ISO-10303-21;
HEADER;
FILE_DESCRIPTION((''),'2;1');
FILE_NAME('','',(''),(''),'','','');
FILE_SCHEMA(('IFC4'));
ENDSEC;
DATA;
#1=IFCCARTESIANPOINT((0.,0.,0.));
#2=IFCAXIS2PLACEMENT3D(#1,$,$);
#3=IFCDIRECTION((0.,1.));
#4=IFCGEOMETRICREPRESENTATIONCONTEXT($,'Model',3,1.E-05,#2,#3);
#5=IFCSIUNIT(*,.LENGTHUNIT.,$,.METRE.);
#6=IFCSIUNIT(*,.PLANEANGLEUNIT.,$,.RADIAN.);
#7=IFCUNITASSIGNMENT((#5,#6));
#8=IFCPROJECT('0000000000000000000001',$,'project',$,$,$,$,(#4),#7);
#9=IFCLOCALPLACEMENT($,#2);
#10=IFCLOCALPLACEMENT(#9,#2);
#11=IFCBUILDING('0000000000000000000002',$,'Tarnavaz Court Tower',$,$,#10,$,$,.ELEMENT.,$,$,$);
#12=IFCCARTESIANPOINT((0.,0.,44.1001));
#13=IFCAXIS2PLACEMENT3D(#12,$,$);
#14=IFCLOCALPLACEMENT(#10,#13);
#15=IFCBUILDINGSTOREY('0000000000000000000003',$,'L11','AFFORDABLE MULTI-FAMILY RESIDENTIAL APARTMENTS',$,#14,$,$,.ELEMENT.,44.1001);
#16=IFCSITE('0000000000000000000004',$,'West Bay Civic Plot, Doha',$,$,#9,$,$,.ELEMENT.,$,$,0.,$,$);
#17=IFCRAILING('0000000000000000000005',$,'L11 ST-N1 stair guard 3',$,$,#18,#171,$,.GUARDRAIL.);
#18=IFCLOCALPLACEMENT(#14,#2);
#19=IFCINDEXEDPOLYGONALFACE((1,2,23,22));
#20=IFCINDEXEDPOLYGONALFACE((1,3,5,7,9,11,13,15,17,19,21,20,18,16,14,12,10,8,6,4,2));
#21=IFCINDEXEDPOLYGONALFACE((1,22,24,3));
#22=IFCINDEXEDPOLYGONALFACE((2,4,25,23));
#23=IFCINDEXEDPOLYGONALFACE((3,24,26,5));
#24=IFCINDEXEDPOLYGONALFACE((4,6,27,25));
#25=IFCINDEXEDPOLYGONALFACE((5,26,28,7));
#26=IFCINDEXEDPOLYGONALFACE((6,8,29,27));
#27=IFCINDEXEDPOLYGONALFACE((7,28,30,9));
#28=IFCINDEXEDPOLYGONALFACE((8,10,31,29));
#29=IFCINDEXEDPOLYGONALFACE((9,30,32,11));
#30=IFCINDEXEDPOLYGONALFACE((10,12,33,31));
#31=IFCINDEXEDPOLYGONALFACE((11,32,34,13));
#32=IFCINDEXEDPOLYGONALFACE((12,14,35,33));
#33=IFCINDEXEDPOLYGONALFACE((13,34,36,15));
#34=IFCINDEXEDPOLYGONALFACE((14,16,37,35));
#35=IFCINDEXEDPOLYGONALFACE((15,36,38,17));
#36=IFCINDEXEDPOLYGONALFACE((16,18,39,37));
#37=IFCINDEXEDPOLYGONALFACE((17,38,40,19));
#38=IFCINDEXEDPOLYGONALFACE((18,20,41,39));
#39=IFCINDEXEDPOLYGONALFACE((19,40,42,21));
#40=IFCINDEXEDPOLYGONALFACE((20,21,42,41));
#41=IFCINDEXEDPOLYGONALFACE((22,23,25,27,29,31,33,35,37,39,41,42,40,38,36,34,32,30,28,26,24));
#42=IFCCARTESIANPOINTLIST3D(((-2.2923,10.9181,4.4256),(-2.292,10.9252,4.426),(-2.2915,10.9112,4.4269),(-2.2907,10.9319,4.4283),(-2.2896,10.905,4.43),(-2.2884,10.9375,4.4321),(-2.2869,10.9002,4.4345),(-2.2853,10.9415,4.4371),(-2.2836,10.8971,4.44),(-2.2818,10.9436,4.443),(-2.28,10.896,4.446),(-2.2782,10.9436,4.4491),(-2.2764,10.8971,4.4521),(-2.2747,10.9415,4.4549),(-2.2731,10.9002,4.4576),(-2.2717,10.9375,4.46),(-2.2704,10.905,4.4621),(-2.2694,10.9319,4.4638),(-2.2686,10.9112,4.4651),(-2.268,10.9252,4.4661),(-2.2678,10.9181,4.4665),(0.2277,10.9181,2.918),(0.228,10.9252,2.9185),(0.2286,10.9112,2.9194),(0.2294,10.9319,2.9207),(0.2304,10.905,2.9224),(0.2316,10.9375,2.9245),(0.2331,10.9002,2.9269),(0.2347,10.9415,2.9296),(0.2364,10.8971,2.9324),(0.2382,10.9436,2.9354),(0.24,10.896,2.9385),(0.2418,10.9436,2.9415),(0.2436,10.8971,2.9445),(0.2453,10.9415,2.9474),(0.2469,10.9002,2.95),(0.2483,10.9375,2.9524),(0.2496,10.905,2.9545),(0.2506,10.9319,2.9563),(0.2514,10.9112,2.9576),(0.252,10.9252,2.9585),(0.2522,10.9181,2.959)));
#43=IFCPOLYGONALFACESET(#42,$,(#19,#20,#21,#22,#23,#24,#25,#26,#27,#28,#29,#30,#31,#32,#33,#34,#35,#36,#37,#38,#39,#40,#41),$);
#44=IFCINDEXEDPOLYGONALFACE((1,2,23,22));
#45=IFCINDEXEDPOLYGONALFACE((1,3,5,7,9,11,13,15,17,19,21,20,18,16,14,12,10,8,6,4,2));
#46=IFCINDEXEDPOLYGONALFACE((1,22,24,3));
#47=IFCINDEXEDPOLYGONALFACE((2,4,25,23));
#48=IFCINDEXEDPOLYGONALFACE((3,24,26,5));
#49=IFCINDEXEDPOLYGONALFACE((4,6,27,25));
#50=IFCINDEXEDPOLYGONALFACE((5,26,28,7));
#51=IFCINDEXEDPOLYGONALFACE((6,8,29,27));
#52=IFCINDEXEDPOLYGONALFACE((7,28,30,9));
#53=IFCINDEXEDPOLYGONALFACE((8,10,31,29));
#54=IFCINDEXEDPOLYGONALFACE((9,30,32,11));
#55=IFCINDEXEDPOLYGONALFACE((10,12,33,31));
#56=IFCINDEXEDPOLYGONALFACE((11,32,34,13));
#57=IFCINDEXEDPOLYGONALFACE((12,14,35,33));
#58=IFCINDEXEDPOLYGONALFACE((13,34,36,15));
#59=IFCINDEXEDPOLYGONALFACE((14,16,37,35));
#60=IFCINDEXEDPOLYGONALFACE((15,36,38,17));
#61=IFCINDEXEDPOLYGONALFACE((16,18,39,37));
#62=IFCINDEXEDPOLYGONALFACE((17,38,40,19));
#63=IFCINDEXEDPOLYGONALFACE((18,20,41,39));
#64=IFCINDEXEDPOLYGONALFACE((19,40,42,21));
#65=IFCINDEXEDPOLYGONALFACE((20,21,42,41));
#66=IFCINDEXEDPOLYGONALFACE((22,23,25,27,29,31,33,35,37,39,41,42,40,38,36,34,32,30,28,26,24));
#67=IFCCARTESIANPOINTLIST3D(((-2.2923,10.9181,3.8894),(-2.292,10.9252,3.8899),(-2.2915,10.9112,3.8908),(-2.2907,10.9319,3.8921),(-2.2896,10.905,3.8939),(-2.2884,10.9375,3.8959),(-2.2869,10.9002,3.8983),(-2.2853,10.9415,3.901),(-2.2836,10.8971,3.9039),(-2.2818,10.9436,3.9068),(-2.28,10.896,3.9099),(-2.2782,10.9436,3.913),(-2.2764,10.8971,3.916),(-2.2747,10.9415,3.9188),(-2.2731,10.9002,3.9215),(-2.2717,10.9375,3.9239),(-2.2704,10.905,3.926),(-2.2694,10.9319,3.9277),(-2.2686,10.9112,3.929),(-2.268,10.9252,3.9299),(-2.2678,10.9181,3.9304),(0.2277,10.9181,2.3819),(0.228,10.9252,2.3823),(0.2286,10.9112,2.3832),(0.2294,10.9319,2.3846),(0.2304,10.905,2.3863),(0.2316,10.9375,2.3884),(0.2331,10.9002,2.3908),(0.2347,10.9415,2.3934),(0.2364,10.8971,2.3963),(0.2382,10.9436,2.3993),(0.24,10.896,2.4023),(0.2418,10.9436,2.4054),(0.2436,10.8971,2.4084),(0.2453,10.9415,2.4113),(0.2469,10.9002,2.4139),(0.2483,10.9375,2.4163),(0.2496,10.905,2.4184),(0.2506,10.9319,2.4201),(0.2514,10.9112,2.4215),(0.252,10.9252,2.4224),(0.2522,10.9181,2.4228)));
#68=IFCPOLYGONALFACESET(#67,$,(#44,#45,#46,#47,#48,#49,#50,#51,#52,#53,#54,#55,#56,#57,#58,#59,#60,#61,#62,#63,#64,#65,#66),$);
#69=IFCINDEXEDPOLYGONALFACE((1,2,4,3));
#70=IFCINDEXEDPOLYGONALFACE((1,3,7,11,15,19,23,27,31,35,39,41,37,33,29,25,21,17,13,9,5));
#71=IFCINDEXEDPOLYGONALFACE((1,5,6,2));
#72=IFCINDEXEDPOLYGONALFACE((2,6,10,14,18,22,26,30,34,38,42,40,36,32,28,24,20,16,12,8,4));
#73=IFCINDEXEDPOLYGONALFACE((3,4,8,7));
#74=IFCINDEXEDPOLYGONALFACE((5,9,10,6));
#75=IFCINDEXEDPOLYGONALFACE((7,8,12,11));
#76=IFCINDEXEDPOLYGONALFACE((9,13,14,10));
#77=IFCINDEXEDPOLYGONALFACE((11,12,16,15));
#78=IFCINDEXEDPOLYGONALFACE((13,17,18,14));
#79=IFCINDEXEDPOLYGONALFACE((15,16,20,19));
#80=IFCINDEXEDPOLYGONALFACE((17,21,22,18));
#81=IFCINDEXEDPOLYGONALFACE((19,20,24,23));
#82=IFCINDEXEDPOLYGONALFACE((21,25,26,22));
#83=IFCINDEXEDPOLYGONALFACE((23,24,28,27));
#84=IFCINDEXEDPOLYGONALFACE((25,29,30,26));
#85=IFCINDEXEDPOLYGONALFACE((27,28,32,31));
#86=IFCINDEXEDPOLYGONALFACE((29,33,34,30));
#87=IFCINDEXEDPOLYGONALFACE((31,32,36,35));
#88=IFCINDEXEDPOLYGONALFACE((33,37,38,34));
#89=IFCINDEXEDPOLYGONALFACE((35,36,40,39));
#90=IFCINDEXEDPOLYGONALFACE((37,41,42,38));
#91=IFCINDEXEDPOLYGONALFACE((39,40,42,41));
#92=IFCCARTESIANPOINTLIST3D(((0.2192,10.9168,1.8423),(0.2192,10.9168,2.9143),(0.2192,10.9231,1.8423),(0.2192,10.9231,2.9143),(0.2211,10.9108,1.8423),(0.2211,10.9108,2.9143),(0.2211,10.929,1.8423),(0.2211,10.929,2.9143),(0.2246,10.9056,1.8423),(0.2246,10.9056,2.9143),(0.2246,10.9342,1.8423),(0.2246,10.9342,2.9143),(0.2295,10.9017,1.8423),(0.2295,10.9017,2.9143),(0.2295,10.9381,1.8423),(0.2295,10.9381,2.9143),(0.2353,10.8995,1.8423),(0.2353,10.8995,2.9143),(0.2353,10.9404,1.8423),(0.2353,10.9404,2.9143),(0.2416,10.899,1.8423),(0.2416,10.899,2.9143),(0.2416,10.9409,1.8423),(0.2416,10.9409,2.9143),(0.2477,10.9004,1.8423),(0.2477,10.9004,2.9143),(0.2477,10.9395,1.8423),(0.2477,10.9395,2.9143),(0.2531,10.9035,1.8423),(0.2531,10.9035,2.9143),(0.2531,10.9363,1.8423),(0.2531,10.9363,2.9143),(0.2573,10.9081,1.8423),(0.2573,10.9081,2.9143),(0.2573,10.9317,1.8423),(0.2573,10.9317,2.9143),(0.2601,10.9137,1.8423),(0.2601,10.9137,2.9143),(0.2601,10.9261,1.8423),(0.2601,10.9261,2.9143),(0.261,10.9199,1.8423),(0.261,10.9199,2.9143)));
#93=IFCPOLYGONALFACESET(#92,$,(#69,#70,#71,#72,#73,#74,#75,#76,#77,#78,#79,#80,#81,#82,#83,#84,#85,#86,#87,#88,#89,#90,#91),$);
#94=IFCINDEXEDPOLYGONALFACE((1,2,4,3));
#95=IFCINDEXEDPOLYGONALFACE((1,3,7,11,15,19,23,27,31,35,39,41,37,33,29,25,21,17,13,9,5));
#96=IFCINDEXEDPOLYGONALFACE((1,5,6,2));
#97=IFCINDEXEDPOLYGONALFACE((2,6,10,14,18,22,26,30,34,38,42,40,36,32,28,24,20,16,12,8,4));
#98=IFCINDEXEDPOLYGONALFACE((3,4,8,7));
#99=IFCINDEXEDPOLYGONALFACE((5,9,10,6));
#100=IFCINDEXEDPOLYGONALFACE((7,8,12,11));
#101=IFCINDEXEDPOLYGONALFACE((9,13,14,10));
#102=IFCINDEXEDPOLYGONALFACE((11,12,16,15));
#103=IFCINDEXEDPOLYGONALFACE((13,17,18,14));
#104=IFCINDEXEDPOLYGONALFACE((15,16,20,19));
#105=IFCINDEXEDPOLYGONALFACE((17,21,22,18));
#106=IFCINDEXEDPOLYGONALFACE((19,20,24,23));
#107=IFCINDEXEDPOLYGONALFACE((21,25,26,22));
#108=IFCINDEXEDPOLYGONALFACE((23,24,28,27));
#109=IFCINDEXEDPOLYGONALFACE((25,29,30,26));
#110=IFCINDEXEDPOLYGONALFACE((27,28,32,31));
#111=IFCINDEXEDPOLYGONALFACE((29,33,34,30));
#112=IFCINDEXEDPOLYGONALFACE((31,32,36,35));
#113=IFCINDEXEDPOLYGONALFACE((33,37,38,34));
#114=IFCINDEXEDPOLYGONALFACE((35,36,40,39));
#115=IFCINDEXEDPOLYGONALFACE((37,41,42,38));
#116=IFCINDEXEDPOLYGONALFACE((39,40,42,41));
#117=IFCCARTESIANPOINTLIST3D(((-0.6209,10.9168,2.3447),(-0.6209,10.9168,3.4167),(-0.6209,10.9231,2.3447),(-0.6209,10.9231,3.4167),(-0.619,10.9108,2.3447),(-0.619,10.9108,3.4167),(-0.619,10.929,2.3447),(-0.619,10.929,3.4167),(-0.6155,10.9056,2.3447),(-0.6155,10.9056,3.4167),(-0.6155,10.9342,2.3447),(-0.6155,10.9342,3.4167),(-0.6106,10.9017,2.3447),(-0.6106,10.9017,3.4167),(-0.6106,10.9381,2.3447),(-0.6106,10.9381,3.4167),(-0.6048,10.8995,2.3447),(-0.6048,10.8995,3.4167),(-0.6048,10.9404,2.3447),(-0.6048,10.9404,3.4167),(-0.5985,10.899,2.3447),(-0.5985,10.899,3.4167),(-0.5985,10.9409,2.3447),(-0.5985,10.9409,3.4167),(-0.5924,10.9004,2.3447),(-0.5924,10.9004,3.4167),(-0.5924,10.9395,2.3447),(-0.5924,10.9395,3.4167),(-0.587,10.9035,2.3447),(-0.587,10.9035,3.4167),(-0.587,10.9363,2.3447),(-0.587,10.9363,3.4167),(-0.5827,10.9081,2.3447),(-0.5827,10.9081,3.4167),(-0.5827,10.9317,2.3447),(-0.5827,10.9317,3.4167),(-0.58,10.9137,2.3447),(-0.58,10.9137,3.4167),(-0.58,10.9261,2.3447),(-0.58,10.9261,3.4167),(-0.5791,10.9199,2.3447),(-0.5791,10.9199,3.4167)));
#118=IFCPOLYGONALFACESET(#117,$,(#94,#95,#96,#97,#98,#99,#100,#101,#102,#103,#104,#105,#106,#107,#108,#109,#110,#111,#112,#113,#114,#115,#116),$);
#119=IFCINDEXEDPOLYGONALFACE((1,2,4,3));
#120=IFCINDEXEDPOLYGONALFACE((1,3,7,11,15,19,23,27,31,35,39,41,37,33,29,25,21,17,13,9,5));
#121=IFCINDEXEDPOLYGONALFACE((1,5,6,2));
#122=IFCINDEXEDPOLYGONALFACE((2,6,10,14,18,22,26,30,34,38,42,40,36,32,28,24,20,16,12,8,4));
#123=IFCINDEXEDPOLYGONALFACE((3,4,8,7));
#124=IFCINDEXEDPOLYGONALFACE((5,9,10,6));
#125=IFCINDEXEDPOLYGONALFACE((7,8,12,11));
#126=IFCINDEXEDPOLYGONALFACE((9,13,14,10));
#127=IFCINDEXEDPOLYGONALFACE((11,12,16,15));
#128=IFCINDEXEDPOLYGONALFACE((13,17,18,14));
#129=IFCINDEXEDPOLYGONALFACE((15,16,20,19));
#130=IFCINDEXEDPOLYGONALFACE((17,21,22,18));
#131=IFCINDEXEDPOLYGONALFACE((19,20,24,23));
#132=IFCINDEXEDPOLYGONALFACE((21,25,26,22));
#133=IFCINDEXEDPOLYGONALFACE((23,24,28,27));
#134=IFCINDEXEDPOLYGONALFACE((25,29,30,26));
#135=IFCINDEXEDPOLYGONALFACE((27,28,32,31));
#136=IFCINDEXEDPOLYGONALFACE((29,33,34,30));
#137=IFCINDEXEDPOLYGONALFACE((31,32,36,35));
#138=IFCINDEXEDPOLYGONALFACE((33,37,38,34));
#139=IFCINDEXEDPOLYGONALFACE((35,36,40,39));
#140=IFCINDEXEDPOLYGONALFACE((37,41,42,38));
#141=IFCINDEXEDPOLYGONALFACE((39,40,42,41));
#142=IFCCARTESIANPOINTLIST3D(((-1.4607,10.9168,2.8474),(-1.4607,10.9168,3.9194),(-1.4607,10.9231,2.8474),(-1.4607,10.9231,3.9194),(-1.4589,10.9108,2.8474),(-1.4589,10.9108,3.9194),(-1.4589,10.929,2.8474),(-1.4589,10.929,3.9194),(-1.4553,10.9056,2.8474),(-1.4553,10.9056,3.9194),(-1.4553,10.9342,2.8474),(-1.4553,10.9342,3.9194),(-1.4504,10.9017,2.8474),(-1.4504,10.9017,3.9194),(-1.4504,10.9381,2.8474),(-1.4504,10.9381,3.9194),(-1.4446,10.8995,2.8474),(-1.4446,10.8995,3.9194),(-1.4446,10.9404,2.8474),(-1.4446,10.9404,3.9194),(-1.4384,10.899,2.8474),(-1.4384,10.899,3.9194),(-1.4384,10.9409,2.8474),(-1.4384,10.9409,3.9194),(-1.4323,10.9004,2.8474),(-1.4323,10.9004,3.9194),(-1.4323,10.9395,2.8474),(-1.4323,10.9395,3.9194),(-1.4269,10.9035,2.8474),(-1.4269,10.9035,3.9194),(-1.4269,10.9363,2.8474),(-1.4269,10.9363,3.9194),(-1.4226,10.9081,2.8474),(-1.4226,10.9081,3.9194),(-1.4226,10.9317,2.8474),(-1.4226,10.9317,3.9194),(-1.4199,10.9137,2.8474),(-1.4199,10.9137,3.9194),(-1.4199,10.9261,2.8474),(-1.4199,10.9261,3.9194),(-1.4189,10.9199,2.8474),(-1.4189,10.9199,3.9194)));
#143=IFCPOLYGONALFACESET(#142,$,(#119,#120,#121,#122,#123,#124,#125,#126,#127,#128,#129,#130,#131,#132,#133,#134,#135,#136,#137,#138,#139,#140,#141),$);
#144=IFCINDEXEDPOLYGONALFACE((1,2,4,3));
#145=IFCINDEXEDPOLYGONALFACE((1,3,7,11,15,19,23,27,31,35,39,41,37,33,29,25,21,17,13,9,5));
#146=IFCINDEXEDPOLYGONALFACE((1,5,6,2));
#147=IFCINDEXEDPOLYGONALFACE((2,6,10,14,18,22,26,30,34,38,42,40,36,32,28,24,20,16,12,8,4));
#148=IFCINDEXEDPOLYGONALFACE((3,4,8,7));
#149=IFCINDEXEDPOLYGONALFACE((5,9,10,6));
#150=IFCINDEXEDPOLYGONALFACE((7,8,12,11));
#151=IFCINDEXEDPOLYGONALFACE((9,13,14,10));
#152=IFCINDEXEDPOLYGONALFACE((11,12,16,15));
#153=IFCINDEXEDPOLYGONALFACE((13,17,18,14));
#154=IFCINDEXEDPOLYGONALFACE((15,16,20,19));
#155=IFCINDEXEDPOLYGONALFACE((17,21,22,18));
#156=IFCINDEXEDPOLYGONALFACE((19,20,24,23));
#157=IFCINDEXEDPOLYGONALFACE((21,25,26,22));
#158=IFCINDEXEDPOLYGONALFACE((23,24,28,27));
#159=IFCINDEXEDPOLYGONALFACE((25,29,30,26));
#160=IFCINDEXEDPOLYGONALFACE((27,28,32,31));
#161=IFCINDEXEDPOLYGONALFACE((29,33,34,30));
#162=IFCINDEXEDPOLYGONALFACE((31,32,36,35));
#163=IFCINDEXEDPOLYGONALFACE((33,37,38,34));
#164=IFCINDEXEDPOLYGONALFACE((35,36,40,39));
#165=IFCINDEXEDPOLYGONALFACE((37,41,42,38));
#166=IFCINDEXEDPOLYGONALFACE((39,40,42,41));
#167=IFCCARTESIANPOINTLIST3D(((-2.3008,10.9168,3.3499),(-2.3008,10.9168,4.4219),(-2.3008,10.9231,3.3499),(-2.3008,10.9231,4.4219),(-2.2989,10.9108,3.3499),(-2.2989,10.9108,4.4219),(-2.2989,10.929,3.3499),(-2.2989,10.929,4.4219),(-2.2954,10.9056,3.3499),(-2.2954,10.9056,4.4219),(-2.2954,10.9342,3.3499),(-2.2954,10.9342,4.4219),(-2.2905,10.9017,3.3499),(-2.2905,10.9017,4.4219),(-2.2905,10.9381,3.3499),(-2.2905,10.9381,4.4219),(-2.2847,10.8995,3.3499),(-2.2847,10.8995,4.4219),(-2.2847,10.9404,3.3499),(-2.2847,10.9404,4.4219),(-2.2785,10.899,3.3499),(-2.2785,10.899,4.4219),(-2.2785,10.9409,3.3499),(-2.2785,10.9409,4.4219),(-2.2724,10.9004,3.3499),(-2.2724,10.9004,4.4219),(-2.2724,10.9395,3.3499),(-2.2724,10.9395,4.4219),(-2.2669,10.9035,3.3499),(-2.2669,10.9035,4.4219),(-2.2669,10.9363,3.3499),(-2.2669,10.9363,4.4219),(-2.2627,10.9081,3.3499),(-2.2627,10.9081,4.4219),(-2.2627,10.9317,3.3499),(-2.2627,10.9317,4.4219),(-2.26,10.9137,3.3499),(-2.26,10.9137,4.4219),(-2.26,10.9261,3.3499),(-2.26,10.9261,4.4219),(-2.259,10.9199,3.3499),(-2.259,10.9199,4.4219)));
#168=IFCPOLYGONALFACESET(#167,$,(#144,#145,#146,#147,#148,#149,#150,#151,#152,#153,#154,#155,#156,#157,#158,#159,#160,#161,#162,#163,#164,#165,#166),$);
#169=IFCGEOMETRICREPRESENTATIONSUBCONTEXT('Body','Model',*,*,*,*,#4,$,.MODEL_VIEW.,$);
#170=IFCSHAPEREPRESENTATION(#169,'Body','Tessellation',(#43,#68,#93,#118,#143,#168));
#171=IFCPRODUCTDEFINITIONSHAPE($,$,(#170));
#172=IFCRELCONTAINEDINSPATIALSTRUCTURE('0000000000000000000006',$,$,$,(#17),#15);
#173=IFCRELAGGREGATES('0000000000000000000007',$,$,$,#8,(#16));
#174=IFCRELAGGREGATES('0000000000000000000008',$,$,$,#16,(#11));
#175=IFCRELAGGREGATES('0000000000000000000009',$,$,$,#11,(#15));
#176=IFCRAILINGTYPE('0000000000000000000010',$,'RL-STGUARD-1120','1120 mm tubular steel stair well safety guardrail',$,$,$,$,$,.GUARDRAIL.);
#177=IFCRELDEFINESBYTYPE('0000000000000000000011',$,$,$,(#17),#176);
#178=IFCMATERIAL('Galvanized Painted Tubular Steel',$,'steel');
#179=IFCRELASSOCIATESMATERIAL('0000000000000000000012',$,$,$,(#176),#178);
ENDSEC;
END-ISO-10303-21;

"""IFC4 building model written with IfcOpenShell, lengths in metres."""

from ifc_helpers import new_model, si_unit, direction, frame, origin, origin_2d, place, context, subcontext, project, spatial, circle, extrude, material, type_object, element, save


model = new_model("IFC4")

# Units and contexts
model_context = context("Model", 3, precision=1e-05, world=origin(), true_north=direction((0.0, 1.0)))
body_context = subcontext(model_context, "Body", "Model", "MODEL_VIEW")
ifc_project = project(units=[si_unit("LENGTHUNIT", "METRE"), si_unit("PLANEANGLEUNIT", "RADIAN")], contexts=[model_context])

# Site, building, storey
site_placement = place(None, origin())
site = spatial("IfcSite", under=ifc_project, at=site_placement, Name="West Bay Civic Plot, Doha", CompositionType="ELEMENT", RefElevation=0.0)
building_placement = place(site_placement, origin())
building = spatial("IfcBuilding", under=site, at=building_placement, Name="Tarnavaz Court Tower", CompositionType="ELEMENT")
storey_placement = place(building_placement, frame((0.0, 0.0, 44.1001)))
storey = spatial("IfcBuildingStorey", under=building, at=storey_placement, Name="L11", Description="AFFORDABLE MULTI-FAMILY RESIDENTIAL APARTMENTS", CompositionType="ELEMENT", Elevation=44.1001)

# Railing
ifc_material_1 = material(Name="Galvanized Painted Tubular Steel", Category="steel")
railing_type_1 = type_object("IfcRailingType", Name="RL-STGUARD-1120", Description="1120 mm tubular steel stair well safety guardrail", PredefinedType="GUARDRAIL", material=ifc_material_1)
railing_1_placement = place(storey_placement, frame((0.24, 10.9199, 1.8423)))
element("IfcRailing", 1, at=railing_1_placement, inside=storey, type_object=railing_type_1, Name="L11 ST-N1 stair guard 3", PredefinedType="GUARDRAIL", context=body_context, shape_type="SweptSolid", body=[
    extrude(circle(Radius=0.0239, at=origin_2d()), frame((0.0, 0.0, 1.0962), z_axis=(-0.85816, 0.0, 0.513383), x_axis=(0.0, -1.0, 0.0)), (0.0, 0.0, 1.0), 2.9365),
    extrude(circle(Radius=0.0239, at=origin_2d()), frame((0.0, 0.0, 0.5601), z_axis=(-0.85816, 0.0, 0.513383), x_axis=(0.0, -1.0, 0.0)), (0.0, 0.0, 1.0), 2.9365),
    extrude(circle(Radius=0.021, at=origin_2d()), origin(), (0.0, 0.0, 1.0), 1.072),
    extrude(circle(Radius=0.021, at=origin_2d()), frame((-0.8401, 0.0, 0.5024)), (0.0, 0.0, 1.0), 1.072),
    extrude(circle(Radius=0.021, at=origin_2d()), frame((-1.6799, 0.0, 1.0051)), (0.0, 0.0, 1.0), 1.072),
    extrude(circle(Radius=0.021, at=origin_2d()), frame((-2.52, 0.0, 1.5076)), (0.0, 0.0, 1.0), 1.072),
])

save(model, "model.ifc")
